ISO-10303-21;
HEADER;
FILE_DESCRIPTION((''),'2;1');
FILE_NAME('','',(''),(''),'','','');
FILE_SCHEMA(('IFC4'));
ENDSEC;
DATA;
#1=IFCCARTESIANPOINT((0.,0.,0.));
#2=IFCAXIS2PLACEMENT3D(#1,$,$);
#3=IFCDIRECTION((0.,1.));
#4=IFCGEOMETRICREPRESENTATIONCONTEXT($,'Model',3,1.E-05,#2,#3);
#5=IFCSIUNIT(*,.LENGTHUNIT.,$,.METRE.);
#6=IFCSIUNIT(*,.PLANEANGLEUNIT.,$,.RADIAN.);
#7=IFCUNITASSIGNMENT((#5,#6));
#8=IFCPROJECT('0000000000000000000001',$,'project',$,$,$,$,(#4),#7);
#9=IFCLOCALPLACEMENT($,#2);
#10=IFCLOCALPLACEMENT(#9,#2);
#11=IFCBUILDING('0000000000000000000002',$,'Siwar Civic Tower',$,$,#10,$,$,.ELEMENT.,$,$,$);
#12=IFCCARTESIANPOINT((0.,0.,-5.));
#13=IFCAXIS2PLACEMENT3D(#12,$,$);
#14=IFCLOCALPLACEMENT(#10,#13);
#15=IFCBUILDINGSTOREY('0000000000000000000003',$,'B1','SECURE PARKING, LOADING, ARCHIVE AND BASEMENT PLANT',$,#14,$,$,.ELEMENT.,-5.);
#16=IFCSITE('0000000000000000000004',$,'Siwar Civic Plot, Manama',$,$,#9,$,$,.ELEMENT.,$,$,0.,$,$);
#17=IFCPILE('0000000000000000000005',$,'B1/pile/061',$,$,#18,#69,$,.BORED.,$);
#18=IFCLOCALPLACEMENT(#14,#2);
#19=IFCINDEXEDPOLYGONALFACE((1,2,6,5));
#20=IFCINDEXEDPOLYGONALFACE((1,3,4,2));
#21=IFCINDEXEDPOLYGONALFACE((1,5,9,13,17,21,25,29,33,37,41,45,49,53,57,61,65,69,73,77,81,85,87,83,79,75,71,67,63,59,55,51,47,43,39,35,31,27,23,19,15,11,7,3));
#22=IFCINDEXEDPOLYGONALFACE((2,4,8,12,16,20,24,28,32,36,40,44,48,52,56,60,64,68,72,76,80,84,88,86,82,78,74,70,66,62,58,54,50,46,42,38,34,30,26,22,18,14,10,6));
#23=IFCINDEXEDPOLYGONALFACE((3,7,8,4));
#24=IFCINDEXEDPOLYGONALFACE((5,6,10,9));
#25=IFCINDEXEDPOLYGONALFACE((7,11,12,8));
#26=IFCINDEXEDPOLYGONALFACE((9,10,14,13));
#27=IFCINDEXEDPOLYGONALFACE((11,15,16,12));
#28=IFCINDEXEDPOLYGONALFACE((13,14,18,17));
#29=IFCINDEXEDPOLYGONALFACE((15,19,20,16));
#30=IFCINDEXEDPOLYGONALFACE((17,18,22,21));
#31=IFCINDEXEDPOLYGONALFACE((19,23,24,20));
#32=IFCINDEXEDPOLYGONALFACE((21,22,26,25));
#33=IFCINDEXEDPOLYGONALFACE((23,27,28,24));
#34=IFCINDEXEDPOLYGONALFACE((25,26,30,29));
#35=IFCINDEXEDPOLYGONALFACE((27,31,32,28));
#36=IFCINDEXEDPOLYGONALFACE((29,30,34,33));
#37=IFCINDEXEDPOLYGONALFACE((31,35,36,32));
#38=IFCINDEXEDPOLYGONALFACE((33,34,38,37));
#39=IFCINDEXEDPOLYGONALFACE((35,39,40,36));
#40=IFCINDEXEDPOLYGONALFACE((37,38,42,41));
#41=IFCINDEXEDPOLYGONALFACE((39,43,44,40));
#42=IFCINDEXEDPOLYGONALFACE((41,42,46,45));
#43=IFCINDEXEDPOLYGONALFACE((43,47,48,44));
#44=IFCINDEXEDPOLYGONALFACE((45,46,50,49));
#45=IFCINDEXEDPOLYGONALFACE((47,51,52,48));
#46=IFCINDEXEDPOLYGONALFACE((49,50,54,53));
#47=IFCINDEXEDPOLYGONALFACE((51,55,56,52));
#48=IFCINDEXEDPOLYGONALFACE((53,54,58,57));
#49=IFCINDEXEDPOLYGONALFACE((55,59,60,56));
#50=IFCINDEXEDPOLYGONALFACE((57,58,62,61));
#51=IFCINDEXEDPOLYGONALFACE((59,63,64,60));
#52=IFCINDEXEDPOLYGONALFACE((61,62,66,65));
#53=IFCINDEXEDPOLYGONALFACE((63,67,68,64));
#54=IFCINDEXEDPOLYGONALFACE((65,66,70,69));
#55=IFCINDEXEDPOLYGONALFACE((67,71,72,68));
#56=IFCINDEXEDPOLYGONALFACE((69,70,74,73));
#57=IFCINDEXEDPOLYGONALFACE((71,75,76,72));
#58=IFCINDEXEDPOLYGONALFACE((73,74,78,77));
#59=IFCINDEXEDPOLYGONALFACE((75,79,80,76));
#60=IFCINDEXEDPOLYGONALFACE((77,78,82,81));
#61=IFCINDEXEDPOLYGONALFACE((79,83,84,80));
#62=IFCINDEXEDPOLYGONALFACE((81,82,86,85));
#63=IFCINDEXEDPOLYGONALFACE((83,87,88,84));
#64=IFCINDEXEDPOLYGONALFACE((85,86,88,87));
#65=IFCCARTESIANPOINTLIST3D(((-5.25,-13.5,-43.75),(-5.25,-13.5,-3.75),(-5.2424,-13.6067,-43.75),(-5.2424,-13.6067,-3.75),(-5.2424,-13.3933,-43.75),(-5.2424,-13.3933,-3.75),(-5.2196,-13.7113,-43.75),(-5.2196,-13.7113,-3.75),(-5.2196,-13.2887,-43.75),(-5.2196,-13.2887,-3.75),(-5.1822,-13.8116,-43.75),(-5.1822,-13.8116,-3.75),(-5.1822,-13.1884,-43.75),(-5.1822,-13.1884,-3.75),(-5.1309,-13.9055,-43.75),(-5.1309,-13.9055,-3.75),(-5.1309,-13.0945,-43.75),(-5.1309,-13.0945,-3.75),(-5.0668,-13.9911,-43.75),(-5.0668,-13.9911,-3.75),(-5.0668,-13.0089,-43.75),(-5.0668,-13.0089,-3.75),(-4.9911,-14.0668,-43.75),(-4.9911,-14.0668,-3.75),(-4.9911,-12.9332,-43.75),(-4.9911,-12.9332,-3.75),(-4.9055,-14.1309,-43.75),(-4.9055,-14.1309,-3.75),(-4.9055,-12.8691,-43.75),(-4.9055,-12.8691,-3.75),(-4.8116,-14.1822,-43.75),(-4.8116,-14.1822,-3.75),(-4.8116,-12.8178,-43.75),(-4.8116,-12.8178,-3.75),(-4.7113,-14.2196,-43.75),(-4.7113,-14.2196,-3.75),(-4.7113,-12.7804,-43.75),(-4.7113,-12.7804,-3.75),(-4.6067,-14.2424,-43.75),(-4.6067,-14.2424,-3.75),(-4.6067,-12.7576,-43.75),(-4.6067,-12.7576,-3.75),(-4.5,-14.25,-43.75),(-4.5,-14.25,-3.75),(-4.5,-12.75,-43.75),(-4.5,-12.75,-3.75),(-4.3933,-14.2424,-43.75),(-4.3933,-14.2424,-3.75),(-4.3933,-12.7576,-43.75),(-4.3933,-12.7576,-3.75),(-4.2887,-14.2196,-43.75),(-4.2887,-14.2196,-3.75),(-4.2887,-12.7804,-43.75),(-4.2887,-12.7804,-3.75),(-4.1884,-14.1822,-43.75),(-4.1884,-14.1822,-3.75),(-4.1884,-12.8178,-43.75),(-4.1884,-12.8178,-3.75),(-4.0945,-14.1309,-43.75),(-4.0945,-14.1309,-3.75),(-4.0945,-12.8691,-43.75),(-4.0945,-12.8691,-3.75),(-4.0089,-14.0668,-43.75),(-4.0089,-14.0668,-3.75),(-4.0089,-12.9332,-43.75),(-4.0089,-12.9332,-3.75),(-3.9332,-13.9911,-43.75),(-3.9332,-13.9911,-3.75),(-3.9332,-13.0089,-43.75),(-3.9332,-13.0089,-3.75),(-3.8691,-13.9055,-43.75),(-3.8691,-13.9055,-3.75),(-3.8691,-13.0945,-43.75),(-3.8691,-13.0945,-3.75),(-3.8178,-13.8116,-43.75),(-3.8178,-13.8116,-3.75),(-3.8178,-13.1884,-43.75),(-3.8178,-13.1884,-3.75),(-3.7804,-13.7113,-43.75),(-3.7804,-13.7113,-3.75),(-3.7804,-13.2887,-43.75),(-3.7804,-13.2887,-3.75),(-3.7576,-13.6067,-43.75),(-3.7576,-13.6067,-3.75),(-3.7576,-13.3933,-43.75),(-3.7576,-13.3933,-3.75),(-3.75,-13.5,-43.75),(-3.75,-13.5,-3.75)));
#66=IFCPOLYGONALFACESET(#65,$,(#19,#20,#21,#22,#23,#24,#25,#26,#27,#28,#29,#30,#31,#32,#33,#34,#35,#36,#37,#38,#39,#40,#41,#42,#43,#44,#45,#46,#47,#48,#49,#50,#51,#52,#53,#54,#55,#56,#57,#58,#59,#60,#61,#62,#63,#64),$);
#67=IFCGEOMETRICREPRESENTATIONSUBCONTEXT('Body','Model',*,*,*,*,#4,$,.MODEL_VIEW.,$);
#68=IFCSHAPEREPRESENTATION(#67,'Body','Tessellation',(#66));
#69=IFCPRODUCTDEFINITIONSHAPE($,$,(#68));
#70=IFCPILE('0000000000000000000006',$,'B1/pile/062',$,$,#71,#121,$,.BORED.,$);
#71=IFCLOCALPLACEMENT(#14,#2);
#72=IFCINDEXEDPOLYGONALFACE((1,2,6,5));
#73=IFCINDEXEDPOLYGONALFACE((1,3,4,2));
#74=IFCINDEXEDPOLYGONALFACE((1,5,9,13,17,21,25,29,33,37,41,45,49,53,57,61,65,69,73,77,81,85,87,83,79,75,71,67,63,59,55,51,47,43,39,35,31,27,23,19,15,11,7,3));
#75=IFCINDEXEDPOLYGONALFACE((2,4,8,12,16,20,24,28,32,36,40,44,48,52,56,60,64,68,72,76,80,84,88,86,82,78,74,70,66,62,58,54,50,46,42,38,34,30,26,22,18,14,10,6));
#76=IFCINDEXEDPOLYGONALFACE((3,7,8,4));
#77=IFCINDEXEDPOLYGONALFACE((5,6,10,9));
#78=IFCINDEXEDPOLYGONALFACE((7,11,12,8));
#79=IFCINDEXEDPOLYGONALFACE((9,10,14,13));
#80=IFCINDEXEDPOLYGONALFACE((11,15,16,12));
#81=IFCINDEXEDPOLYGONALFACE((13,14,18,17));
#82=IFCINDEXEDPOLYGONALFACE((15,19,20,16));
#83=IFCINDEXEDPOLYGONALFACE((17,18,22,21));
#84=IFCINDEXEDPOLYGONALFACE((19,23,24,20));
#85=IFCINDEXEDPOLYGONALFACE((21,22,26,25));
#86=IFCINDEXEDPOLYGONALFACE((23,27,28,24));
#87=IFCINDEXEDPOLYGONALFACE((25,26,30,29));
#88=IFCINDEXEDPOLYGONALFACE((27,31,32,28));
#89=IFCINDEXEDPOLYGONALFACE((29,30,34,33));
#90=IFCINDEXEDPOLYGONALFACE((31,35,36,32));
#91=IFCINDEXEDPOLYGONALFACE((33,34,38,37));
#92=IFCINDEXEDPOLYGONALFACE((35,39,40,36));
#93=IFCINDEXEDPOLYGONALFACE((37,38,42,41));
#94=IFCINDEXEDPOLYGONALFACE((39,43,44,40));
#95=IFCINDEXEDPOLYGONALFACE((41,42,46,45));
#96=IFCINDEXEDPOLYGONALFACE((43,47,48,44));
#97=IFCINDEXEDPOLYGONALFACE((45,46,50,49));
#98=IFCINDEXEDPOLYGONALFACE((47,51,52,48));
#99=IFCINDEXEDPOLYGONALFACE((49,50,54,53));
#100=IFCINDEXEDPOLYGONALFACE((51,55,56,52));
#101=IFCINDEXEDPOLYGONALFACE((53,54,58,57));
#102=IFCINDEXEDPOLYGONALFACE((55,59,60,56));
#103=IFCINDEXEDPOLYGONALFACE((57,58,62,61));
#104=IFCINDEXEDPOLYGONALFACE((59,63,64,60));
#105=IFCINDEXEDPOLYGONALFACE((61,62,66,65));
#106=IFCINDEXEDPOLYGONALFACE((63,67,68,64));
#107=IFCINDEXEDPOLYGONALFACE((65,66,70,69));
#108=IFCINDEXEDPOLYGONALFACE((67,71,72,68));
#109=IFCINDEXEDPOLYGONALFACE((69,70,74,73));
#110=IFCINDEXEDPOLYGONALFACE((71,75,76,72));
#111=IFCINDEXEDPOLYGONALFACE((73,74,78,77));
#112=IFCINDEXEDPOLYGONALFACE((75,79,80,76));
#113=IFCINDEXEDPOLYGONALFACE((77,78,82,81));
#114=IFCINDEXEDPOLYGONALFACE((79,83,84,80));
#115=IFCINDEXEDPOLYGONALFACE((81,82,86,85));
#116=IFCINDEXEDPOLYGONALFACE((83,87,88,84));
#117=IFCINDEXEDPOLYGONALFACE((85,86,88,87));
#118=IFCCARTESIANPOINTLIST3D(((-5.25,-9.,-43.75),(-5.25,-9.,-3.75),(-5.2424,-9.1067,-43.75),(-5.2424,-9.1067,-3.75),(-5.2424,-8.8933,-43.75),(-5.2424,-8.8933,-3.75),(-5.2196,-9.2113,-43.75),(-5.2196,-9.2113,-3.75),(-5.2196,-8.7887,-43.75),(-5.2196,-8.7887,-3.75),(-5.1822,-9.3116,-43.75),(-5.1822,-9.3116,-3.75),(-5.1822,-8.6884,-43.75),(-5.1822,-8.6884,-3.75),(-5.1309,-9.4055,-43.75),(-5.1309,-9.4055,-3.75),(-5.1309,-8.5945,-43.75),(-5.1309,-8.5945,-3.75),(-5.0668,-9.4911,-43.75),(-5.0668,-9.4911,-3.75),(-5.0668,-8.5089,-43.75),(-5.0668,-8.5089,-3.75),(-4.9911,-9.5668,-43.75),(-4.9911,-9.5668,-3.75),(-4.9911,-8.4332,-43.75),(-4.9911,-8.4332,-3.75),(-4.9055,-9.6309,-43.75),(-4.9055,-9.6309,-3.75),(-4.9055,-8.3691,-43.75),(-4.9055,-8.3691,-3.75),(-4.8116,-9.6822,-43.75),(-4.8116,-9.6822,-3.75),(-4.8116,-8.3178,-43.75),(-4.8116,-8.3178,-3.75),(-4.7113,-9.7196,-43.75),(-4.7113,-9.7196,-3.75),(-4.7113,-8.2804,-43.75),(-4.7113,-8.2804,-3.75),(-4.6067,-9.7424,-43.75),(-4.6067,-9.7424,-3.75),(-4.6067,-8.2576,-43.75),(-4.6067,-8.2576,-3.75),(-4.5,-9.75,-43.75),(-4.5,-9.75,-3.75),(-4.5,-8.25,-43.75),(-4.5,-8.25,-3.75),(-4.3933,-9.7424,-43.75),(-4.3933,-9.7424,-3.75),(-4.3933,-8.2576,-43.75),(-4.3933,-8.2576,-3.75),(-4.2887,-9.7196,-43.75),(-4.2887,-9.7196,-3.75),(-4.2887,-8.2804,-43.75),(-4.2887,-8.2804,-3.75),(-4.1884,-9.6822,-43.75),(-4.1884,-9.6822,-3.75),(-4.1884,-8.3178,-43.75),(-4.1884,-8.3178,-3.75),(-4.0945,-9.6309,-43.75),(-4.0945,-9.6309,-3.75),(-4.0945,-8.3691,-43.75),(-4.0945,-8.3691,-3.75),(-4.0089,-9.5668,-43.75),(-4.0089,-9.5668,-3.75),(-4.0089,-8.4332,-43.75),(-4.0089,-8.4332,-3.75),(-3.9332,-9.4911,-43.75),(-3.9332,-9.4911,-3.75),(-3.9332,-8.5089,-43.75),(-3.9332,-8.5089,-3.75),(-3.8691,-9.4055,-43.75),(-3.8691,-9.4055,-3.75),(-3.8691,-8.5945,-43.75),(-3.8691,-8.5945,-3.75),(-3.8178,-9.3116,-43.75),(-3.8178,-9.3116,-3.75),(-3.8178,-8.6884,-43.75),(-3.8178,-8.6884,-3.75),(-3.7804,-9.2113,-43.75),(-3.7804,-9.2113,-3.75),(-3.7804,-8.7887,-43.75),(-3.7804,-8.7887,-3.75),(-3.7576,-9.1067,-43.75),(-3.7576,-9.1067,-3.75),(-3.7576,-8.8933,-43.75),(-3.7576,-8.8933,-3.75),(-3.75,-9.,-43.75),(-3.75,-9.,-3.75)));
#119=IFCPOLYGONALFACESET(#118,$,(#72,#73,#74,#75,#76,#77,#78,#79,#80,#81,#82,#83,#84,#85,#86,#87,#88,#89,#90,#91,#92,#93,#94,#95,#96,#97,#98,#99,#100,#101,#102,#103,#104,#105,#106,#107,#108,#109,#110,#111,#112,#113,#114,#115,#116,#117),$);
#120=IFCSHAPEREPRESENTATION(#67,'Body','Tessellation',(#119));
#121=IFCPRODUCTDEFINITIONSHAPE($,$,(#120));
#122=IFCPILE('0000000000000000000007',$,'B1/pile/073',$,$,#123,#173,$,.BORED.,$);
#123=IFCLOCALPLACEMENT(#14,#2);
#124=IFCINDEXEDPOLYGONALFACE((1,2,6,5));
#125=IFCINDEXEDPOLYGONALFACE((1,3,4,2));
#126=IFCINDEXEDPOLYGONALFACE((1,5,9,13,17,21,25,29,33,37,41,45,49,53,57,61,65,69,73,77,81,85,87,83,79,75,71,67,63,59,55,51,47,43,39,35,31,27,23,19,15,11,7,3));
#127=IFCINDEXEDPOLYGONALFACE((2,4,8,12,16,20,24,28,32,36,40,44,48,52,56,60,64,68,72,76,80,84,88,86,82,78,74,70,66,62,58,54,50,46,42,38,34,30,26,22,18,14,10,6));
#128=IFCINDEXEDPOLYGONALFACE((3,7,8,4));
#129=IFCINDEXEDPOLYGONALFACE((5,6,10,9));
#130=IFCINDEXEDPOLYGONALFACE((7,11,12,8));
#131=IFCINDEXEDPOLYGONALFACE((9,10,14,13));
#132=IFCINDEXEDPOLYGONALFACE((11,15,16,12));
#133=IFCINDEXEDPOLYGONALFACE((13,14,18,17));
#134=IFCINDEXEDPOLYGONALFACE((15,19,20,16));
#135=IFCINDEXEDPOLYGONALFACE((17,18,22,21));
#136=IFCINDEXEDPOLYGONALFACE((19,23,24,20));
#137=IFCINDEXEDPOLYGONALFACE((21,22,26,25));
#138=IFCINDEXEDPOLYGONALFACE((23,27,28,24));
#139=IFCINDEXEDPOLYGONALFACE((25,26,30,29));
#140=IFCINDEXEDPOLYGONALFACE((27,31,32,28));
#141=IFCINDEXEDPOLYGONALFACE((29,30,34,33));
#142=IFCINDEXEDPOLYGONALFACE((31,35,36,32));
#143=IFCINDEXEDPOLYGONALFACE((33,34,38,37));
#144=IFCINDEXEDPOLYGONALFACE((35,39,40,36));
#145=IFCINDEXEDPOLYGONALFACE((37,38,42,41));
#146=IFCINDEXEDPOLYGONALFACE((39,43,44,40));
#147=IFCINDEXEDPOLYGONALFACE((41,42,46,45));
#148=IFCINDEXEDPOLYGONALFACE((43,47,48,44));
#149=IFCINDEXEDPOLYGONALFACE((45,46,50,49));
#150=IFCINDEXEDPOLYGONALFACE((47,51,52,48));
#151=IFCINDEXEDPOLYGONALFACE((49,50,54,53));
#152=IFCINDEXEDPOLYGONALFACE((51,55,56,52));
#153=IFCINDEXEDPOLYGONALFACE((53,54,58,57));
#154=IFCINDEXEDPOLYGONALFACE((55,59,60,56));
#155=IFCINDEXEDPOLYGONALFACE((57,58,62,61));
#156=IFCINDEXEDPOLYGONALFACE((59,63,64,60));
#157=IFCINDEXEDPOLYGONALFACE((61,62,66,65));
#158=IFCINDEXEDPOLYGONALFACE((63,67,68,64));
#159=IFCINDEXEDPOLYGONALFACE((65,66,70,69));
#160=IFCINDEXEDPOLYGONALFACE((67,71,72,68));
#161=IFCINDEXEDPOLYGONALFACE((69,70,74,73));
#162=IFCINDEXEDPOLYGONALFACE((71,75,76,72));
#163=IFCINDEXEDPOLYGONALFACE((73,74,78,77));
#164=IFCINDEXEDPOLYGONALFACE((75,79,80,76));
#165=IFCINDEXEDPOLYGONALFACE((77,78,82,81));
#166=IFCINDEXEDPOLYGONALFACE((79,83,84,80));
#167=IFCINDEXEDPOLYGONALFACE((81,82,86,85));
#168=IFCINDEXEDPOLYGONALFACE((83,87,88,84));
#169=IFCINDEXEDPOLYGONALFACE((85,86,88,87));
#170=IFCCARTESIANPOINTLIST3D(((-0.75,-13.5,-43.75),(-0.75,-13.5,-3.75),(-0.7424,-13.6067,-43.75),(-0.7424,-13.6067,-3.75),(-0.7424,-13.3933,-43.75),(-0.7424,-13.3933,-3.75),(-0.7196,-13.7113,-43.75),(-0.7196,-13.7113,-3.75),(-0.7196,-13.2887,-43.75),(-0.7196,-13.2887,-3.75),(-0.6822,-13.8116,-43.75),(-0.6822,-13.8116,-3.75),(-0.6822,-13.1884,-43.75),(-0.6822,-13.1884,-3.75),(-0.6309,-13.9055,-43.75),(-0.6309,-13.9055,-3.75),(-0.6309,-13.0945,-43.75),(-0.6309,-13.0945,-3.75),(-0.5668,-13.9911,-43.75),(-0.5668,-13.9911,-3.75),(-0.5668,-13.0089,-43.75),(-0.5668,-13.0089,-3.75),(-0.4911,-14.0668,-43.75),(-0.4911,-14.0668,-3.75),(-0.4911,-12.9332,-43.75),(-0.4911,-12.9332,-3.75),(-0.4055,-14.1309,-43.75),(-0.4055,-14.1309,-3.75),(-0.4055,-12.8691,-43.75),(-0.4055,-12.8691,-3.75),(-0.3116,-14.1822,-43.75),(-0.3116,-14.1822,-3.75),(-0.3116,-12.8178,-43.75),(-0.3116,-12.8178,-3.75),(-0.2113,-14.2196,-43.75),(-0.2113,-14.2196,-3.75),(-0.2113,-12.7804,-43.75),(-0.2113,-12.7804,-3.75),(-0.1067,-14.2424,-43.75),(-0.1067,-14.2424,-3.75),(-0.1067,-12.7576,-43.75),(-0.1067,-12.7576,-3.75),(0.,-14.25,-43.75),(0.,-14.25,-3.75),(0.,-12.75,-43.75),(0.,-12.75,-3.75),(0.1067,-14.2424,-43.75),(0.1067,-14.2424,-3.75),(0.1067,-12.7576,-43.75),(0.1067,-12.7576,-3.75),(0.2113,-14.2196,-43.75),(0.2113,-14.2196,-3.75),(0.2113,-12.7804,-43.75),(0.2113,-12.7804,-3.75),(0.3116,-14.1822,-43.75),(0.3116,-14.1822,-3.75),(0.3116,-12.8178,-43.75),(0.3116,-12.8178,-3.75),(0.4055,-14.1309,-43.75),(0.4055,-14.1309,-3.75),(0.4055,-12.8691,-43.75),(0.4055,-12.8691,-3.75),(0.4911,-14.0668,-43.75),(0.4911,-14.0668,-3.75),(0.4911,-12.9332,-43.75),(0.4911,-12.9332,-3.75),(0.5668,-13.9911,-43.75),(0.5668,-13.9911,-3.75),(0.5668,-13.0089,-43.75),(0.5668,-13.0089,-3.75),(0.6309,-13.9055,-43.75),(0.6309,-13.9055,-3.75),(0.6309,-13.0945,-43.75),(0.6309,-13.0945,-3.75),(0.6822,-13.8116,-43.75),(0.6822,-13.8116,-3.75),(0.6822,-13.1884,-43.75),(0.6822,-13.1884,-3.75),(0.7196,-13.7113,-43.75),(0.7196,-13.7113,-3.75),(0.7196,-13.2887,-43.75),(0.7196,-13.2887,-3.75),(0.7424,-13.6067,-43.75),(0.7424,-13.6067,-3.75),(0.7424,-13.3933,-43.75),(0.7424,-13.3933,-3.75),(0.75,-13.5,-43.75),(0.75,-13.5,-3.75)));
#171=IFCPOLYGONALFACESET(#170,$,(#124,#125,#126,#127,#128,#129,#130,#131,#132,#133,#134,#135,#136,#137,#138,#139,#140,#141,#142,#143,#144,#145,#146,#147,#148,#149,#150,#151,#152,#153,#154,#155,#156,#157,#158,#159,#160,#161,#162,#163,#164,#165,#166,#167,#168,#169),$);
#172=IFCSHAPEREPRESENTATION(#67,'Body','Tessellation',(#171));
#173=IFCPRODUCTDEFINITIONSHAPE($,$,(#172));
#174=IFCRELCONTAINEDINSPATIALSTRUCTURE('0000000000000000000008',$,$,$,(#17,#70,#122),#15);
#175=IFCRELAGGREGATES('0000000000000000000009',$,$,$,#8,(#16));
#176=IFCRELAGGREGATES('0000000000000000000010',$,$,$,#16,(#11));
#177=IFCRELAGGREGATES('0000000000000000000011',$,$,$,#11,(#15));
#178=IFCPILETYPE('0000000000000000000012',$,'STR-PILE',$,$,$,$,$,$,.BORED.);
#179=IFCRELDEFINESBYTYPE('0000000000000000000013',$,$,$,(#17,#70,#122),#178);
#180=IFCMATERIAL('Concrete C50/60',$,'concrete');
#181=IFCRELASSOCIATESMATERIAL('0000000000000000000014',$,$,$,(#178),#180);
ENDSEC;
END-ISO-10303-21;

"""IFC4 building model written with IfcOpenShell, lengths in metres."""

from ifc_helpers import new_model, si_unit, direction, frame, origin, origin_2d, place, context, subcontext, project, spatial, circle, extrude, material, material_profile, profile_set, type_object, element, save


model = new_model("IFC4")

# Units and contexts
model_context = context("Model", 3, precision=1e-05, world=origin(), true_north=direction((0.0, 1.0)))
body_context = subcontext(model_context, "Body", "Model", "MODEL_VIEW")
ifc_project = project(units=[si_unit("LENGTHUNIT", "METRE"), si_unit("PLANEANGLEUNIT", "RADIAN")], contexts=[model_context])

# Site, building, storey
site_placement = place(None, origin())
site = spatial("IfcSite", under=ifc_project, at=site_placement, Name="Siwar Civic Plot, Manama", CompositionType="ELEMENT", RefElevation=0.0)
building_placement = place(site_placement, origin())
building = spatial("IfcBuilding", under=site, at=building_placement, Name="Siwar Civic Tower", CompositionType="ELEMENT")
storey_placement = place(building_placement, frame((0.0, 0.0, -5.0)))
storey = spatial("IfcBuildingStorey", under=building, at=storey_placement, Name="B1", Description="SECURE PARKING, LOADING, ARCHIVE AND BASEMENT PLANT", CompositionType="ELEMENT", Elevation=-5.0)

# Piles
ifc_material_1 = material(Name="Concrete C50/60", Category="concrete")
ifc_material_profile_1 = material_profile(ifc_material_1, circle(Radius=0.75, at=origin_2d()), Name="PILE1500")
ifc_profile_set_1 = profile_set([ifc_material_profile_1], Name="Concrete C50/60")
pile_type = type_object("IfcPileType", Name="STR-PILE", PredefinedType="BORED", material=ifc_profile_set_1)
for number, where, z_axis, x_axis, name in (
    (1, (-4.5, -13.5, -3.75), (0.0, 0.0, -1.0), (1.0, 0.0, 0.0), "B1/pile/061"),
    (2, (-4.5, -9.0, -3.75), (0.0, 0.0, -1.0), (1.0, 0.0, 0.0), "B1/pile/062"),
    (3, (0.0, -13.5, -3.75), (0.0, 0.0, -1.0), (1.0, 0.0, 0.0), "B1/pile/073"),
):
    element("IfcPile", number, at=place(storey_placement, frame(where, z_axis=z_axis, x_axis=x_axis)), inside=storey, type_object=pile_type, Name=name, PredefinedType="BORED", context=body_context, shape_type="SweptSolid", body=[
        extrude(circle(Radius=0.75, at=origin_2d()), origin(), (0.0, 0.0, 1.0), 40.0),
    ])

save(model, "model.ifc")
